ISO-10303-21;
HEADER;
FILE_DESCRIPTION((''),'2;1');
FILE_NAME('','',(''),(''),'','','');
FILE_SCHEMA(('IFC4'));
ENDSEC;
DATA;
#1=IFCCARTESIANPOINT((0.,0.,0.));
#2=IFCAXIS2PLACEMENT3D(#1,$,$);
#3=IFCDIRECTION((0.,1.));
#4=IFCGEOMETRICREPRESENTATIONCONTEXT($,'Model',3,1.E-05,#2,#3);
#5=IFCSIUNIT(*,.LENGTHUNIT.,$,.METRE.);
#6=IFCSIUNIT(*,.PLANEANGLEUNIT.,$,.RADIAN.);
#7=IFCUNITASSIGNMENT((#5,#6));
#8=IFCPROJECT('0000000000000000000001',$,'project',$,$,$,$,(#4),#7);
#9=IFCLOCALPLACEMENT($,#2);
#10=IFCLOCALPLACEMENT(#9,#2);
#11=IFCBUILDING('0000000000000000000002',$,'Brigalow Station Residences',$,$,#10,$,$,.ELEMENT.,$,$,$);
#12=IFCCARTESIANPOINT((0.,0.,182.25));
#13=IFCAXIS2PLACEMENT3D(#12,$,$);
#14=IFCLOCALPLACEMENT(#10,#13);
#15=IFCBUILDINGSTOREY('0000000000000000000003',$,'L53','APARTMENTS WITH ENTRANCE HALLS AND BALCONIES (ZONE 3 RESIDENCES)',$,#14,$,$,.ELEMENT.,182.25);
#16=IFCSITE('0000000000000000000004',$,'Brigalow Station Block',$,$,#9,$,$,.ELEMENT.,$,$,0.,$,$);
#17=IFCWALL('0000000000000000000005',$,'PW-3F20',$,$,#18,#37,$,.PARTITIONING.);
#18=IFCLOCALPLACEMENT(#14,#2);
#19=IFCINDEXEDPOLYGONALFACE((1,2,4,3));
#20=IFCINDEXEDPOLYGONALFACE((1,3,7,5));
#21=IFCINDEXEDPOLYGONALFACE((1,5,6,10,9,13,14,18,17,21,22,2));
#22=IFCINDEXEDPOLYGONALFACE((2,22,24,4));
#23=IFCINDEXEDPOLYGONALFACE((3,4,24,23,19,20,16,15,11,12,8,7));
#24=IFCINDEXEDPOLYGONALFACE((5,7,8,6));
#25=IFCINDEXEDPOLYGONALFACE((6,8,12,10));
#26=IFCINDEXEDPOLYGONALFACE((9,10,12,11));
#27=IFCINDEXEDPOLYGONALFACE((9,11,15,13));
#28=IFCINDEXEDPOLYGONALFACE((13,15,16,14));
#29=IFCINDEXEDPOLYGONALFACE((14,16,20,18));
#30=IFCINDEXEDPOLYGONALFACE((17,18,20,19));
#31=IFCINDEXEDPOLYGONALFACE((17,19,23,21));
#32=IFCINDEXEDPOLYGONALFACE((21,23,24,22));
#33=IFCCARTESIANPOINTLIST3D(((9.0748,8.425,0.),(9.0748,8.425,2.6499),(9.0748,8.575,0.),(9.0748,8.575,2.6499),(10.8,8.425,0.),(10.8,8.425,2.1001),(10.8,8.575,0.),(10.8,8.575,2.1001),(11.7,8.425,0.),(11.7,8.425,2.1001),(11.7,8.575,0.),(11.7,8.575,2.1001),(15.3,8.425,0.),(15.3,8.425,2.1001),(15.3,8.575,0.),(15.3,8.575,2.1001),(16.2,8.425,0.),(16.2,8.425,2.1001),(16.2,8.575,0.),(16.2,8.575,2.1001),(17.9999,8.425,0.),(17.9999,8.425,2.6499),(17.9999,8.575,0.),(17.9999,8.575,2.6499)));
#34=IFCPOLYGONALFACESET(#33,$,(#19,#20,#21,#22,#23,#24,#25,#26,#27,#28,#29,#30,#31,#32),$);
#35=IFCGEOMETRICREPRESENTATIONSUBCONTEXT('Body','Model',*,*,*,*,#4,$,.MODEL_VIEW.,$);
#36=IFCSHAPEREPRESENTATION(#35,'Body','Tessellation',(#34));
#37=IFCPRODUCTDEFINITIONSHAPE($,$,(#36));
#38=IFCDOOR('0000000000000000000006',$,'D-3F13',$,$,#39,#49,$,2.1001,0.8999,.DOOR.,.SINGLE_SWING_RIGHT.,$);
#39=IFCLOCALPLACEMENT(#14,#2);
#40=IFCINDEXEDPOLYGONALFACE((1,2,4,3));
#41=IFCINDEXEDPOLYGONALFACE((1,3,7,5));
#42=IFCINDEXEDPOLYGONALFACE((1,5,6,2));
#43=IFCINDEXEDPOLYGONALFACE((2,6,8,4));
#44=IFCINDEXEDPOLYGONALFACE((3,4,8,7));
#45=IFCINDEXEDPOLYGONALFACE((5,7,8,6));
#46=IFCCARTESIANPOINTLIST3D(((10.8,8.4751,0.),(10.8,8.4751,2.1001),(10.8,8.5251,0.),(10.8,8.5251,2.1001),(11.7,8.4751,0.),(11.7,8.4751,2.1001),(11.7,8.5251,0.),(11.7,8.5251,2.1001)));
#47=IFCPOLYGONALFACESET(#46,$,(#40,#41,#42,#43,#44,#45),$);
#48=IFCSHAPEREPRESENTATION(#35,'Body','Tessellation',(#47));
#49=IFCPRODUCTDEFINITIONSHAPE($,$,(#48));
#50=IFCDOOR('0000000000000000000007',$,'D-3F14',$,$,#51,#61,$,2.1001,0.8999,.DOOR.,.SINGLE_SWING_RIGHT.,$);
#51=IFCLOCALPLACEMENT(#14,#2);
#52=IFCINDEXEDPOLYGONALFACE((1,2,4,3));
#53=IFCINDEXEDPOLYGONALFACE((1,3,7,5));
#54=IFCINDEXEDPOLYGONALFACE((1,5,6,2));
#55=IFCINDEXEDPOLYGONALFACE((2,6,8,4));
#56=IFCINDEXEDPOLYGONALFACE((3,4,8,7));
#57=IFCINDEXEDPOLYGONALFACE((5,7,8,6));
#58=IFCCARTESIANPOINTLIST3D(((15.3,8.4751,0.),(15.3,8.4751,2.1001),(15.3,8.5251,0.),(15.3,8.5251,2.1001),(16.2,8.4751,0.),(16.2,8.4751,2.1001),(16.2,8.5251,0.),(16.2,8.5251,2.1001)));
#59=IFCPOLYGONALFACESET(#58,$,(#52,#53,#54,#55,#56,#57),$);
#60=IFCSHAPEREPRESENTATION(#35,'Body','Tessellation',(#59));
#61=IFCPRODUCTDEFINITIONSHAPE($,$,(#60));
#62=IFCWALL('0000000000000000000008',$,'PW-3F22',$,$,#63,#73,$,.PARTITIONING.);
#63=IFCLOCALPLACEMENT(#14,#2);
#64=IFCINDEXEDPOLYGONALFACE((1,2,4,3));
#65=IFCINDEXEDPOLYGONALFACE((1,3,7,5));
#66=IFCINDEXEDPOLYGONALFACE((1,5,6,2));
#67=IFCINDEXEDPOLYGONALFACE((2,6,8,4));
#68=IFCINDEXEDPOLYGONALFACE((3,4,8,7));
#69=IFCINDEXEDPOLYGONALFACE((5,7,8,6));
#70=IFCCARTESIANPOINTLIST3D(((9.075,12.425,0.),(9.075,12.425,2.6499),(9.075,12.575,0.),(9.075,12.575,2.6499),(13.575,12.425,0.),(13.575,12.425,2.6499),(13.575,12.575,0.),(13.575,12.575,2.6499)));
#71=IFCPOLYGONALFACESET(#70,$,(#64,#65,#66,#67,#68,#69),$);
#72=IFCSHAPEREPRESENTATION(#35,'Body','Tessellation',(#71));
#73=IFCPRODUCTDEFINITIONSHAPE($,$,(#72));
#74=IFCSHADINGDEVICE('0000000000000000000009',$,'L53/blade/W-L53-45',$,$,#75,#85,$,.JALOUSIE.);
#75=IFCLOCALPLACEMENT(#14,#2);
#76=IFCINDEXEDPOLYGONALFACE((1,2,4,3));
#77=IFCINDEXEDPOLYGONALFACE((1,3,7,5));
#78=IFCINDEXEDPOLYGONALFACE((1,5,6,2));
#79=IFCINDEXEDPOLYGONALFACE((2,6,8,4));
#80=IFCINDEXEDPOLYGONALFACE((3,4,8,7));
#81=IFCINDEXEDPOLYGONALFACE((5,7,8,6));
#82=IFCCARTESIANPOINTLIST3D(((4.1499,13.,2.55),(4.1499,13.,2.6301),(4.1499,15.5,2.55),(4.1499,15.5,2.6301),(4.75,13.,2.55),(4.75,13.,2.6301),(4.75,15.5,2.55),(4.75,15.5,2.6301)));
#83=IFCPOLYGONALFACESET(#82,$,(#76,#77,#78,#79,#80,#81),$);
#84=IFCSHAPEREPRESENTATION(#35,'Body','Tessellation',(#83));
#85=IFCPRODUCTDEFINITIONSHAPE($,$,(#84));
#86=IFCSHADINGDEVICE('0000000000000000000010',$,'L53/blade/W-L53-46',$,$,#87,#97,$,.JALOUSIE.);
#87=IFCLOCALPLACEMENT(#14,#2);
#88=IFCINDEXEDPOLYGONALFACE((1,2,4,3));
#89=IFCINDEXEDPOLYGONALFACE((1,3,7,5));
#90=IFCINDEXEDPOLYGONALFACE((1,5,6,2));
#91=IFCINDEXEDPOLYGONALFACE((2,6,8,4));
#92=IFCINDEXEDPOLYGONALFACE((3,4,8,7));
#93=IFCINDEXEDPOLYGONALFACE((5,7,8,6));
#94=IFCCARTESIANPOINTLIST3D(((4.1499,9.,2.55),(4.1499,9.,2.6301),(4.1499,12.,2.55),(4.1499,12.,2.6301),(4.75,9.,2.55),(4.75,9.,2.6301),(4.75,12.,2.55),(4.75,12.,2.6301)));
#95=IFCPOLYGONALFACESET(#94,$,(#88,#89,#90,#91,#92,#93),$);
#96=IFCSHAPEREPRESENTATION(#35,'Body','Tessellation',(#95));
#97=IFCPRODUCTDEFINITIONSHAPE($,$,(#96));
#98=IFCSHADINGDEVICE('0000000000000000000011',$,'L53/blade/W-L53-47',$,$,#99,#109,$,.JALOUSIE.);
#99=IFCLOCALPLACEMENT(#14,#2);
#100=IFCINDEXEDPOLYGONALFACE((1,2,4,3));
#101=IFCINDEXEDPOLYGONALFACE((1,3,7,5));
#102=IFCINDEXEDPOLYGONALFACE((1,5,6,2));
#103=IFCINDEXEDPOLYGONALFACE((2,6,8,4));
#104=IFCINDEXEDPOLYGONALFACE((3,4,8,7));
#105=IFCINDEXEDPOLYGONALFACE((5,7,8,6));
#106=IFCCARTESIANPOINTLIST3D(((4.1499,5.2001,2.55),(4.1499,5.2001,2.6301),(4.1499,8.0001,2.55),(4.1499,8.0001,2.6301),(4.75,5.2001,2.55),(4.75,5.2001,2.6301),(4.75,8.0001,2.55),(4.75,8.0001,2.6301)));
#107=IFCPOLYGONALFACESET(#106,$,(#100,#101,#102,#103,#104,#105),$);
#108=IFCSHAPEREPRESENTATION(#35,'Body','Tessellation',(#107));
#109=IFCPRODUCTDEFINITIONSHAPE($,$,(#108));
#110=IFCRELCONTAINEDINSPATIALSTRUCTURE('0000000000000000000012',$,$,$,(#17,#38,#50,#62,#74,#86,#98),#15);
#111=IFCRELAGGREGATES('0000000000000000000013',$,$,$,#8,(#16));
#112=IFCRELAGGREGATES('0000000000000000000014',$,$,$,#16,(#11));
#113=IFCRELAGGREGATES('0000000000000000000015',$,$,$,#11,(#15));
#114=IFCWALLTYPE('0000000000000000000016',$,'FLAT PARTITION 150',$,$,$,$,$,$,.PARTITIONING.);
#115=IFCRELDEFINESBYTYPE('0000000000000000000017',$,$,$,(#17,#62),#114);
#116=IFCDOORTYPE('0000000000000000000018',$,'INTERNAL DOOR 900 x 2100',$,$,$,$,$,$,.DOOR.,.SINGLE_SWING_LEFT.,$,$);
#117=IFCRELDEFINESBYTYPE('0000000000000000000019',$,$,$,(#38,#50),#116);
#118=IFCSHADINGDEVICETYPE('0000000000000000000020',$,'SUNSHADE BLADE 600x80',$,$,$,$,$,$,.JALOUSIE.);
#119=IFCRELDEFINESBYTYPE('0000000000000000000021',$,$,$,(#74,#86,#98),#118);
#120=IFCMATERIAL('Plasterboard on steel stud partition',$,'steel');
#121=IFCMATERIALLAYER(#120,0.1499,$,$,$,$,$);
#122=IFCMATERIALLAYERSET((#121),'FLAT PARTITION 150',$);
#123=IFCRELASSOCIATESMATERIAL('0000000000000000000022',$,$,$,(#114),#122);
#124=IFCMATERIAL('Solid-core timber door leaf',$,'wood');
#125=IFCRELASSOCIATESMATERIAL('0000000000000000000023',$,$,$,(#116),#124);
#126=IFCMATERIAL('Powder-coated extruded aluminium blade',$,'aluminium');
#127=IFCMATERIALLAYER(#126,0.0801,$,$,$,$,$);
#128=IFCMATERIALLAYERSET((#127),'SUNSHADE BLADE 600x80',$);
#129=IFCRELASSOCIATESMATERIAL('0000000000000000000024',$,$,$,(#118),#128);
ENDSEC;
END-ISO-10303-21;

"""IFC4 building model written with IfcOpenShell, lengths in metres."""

from ifc_helpers import new_model, si_unit, direction, frame, frame_2d, origin, origin_2d, place, context, subcontext, project, spatial, rectangle, extrude, material, layer, layer_set, type_object, element, fill, save


model = new_model("IFC4")

# Units and contexts
model_context = context("Model", 3, precision=1e-05, world=origin(), true_north=direction((0.0, 1.0)))
body_context = subcontext(model_context, "Body", "Model", "MODEL_VIEW")
ifc_project = project(units=[si_unit("LENGTHUNIT", "METRE"), si_unit("PLANEANGLEUNIT", "RADIAN")], contexts=[model_context])

# Site, building, storey
site_placement = place(None, origin())
site = spatial("IfcSite", under=ifc_project, at=site_placement, Name="Brigalow Station Block", CompositionType="ELEMENT", RefElevation=0.0)
building_placement = place(site_placement, origin())
building = spatial("IfcBuilding", under=site, at=building_placement, Name="Brigalow Station Residences", CompositionType="ELEMENT")
storey_placement = place(building_placement, frame((0.0, 0.0, 182.25)))
storey = spatial("IfcBuildingStorey", under=building, at=storey_placement, Name="L53", Description="APARTMENTS WITH ENTRANCE HALLS AND BALCONIES (ZONE 3 RESIDENCES)", CompositionType="ELEMENT", Elevation=182.25)

# Shared definitions
ifc_material_1 = material(Name="Plasterboard on steel stud partition", Category="steel")
ifc_layer_1 = layer(ifc_material_1, 0.1499)
ifc_layer_set_1 = layer_set([ifc_layer_1], Name="FLAT PARTITION 150")
wall_type_1 = type_object("IfcWallType", Name="FLAT PARTITION 150", PredefinedType="PARTITIONING", material=ifc_layer_set_1)

# Wall, openings, doors
wall_1_placement = place(storey_placement, frame((9.075, 8.5, 0.0), z_axis=(0.0, 0.0, 1.0), x_axis=(1.0, 0.0, 0.0)))
wall_1 = element("IfcWall", 1, at=wall_1_placement, inside=storey, type_object=wall_type_1, Name="PW-3F20", PredefinedType="PARTITIONING", context=body_context, shape_type="SweptSolid", body=[
    extrude(rectangle(XDim=8.925, YDim=0.1499, at=frame_2d((4.4624, 0.0))), origin(), (0.0, 0.0, 1.0), 2.6499),
])
opening_1_placement = place(wall_1_placement, frame((1.7251, 0.0, 0.0)))
opening_1 = element("IfcOpeningElement", 2, at=opening_1_placement, cuts=wall_1, PredefinedType="OPENING", context=body_context, shape_type="SweptSolid", body=[
    extrude(rectangle(XDim=0.8999, YDim=2.1001, at=frame_2d((0.45, 1.05))), frame((0.0, 0.085, 0.0), z_axis=(0.0, -1.0, 0.0), x_axis=(1.0, 0.0, 0.0)), (0.0, 0.0, 1.0), 0.1699),
])
opening_2_placement = place(wall_1_placement, frame((6.2251, 0.0, 0.0)))
opening_2 = element("IfcOpeningElement", 3, at=opening_2_placement, cuts=wall_1, PredefinedType="OPENING", context=body_context, shape_type="SweptSolid", body=[
    extrude(rectangle(XDim=0.8999, YDim=2.1001, at=frame_2d((0.45, 1.05))), frame((0.0, 0.085, 0.0), z_axis=(0.0, -1.0, 0.0), x_axis=(1.0, 0.0, 0.0)), (0.0, 0.0, 1.0), 0.1699),
])
ifc_material_2 = material(Name="Solid-core timber door leaf", Category="wood")
door_type_1 = type_object("IfcDoorType", Name="INTERNAL DOOR 900 x 2100", OperationType="SINGLE_SWING_LEFT", PredefinedType="DOOR", material=ifc_material_2)
door_1_placement = place(opening_1_placement, frame((0.8999, 0.0, 0.0), z_axis=(0.0, 0.0, 1.0), x_axis=(-1.0, 0.0, 0.0)))
door_1 = element("IfcDoor", 4, at=door_1_placement, inside=storey, type_object=door_type_1, Name="D-3F13", OperationType="SINGLE_SWING_RIGHT", OverallHeight=2.1001, OverallWidth=0.8999, PredefinedType="DOOR", context=body_context, shape_type="SweptSolid", body=[
    extrude(rectangle(XDim=0.8999, YDim=2.1001, at=frame_2d((0.45, 1.05))), frame((0.0, 0.0249, 0.0), z_axis=(0.0, -1.0, 0.0), x_axis=(1.0, 0.0, 0.0)), (0.0, 0.0, 1.0), 0.05),
])
fill(opening_1, door_1)
door_2_placement = place(opening_2_placement, frame((0.8999, 0.0, 0.0), z_axis=(0.0, 0.0, 1.0), x_axis=(-1.0, 0.0, 0.0)))
door_2 = element("IfcDoor", 5, at=door_2_placement, inside=storey, type_object=door_type_1, Name="D-3F14", OperationType="SINGLE_SWING_RIGHT", OverallHeight=2.1001, OverallWidth=0.8999, PredefinedType="DOOR", context=body_context, shape_type="SweptSolid", body=[
    extrude(rectangle(XDim=0.8999, YDim=2.1001, at=frame_2d((0.45, 1.05))), frame((0.0, 0.0249, 0.0), z_axis=(0.0, -1.0, 0.0), x_axis=(1.0, 0.0, 0.0)), (0.0, 0.0, 1.0), 0.05),
])
fill(opening_2, door_2)

# Wall
wall_2_placement = place(storey_placement, frame((9.075, 12.5, 0.0), z_axis=(0.0, 0.0, 1.0), x_axis=(1.0, 0.0, 0.0)))
element("IfcWall", 6, at=wall_2_placement, inside=storey, type_object=wall_type_1, Name="PW-3F22", PredefinedType="PARTITIONING", context=body_context, shape_type="SweptSolid", body=[
    extrude(rectangle(XDim=4.5, YDim=0.1499, at=frame_2d((2.25, 0.0))), origin(), (0.0, 0.0, 1.0), 2.6499),
])

# Shading devices
ifc_material_3 = material(Name="Powder-coated extruded aluminium blade", Category="aluminium")
ifc_layer_2 = layer(ifc_material_3, 0.0801)
ifc_layer_set_2 = layer_set([ifc_layer_2], Name="SUNSHADE BLADE 600x80")
shading_device_type = type_object("IfcShadingDeviceType", Name="SUNSHADE BLADE 600x80", PredefinedType="JALOUSIE", material=ifc_layer_set_2)
shading_device_1_placement = place(storey_placement, frame((4.45, 14.25, 2.55), z_axis=(0.0, 0.0, 1.0), x_axis=(0.0, -1.0, 0.0)))
element("IfcShadingDevice", 7, at=shading_device_1_placement, inside=storey, type_object=shading_device_type, Name="L53/blade/W-L53-45", PredefinedType="JALOUSIE", context=body_context, shape_type="SweptSolid", body=[
    extrude(rectangle(XDim=2.5, YDim=0.6001, at=origin_2d()), origin(), (0.0, 0.0, 1.0), 0.0801),
])
shading_device_2_placement = place(storey_placement, frame((4.45, 10.5, 2.55), z_axis=(0.0, 0.0, 1.0), x_axis=(0.0, -1.0, 0.0)))
element("IfcShadingDevice", 8, at=shading_device_2_placement, inside=storey, type_object=shading_device_type, Name="L53/blade/W-L53-46", PredefinedType="JALOUSIE", context=body_context, shape_type="SweptSolid", body=[
    extrude(rectangle(XDim=3.0, YDim=0.6001, at=origin_2d()), origin(), (0.0, 0.0, 1.0), 0.0801),
])
shading_device_3_placement = place(storey_placement, frame((4.45, 6.6001, 2.55), z_axis=(0.0, 0.0, 1.0), x_axis=(0.0, -1.0, 0.0)))
element("IfcShadingDevice", 9, at=shading_device_3_placement, inside=storey, type_object=shading_device_type, Name="L53/blade/W-L53-47", PredefinedType="JALOUSIE", context=body_context, shape_type="SweptSolid", body=[
    extrude(rectangle(XDim=2.8, YDim=0.6001, at=origin_2d()), origin(), (0.0, 0.0, 1.0), 0.0801),
])

save(model, "model.ifc")
